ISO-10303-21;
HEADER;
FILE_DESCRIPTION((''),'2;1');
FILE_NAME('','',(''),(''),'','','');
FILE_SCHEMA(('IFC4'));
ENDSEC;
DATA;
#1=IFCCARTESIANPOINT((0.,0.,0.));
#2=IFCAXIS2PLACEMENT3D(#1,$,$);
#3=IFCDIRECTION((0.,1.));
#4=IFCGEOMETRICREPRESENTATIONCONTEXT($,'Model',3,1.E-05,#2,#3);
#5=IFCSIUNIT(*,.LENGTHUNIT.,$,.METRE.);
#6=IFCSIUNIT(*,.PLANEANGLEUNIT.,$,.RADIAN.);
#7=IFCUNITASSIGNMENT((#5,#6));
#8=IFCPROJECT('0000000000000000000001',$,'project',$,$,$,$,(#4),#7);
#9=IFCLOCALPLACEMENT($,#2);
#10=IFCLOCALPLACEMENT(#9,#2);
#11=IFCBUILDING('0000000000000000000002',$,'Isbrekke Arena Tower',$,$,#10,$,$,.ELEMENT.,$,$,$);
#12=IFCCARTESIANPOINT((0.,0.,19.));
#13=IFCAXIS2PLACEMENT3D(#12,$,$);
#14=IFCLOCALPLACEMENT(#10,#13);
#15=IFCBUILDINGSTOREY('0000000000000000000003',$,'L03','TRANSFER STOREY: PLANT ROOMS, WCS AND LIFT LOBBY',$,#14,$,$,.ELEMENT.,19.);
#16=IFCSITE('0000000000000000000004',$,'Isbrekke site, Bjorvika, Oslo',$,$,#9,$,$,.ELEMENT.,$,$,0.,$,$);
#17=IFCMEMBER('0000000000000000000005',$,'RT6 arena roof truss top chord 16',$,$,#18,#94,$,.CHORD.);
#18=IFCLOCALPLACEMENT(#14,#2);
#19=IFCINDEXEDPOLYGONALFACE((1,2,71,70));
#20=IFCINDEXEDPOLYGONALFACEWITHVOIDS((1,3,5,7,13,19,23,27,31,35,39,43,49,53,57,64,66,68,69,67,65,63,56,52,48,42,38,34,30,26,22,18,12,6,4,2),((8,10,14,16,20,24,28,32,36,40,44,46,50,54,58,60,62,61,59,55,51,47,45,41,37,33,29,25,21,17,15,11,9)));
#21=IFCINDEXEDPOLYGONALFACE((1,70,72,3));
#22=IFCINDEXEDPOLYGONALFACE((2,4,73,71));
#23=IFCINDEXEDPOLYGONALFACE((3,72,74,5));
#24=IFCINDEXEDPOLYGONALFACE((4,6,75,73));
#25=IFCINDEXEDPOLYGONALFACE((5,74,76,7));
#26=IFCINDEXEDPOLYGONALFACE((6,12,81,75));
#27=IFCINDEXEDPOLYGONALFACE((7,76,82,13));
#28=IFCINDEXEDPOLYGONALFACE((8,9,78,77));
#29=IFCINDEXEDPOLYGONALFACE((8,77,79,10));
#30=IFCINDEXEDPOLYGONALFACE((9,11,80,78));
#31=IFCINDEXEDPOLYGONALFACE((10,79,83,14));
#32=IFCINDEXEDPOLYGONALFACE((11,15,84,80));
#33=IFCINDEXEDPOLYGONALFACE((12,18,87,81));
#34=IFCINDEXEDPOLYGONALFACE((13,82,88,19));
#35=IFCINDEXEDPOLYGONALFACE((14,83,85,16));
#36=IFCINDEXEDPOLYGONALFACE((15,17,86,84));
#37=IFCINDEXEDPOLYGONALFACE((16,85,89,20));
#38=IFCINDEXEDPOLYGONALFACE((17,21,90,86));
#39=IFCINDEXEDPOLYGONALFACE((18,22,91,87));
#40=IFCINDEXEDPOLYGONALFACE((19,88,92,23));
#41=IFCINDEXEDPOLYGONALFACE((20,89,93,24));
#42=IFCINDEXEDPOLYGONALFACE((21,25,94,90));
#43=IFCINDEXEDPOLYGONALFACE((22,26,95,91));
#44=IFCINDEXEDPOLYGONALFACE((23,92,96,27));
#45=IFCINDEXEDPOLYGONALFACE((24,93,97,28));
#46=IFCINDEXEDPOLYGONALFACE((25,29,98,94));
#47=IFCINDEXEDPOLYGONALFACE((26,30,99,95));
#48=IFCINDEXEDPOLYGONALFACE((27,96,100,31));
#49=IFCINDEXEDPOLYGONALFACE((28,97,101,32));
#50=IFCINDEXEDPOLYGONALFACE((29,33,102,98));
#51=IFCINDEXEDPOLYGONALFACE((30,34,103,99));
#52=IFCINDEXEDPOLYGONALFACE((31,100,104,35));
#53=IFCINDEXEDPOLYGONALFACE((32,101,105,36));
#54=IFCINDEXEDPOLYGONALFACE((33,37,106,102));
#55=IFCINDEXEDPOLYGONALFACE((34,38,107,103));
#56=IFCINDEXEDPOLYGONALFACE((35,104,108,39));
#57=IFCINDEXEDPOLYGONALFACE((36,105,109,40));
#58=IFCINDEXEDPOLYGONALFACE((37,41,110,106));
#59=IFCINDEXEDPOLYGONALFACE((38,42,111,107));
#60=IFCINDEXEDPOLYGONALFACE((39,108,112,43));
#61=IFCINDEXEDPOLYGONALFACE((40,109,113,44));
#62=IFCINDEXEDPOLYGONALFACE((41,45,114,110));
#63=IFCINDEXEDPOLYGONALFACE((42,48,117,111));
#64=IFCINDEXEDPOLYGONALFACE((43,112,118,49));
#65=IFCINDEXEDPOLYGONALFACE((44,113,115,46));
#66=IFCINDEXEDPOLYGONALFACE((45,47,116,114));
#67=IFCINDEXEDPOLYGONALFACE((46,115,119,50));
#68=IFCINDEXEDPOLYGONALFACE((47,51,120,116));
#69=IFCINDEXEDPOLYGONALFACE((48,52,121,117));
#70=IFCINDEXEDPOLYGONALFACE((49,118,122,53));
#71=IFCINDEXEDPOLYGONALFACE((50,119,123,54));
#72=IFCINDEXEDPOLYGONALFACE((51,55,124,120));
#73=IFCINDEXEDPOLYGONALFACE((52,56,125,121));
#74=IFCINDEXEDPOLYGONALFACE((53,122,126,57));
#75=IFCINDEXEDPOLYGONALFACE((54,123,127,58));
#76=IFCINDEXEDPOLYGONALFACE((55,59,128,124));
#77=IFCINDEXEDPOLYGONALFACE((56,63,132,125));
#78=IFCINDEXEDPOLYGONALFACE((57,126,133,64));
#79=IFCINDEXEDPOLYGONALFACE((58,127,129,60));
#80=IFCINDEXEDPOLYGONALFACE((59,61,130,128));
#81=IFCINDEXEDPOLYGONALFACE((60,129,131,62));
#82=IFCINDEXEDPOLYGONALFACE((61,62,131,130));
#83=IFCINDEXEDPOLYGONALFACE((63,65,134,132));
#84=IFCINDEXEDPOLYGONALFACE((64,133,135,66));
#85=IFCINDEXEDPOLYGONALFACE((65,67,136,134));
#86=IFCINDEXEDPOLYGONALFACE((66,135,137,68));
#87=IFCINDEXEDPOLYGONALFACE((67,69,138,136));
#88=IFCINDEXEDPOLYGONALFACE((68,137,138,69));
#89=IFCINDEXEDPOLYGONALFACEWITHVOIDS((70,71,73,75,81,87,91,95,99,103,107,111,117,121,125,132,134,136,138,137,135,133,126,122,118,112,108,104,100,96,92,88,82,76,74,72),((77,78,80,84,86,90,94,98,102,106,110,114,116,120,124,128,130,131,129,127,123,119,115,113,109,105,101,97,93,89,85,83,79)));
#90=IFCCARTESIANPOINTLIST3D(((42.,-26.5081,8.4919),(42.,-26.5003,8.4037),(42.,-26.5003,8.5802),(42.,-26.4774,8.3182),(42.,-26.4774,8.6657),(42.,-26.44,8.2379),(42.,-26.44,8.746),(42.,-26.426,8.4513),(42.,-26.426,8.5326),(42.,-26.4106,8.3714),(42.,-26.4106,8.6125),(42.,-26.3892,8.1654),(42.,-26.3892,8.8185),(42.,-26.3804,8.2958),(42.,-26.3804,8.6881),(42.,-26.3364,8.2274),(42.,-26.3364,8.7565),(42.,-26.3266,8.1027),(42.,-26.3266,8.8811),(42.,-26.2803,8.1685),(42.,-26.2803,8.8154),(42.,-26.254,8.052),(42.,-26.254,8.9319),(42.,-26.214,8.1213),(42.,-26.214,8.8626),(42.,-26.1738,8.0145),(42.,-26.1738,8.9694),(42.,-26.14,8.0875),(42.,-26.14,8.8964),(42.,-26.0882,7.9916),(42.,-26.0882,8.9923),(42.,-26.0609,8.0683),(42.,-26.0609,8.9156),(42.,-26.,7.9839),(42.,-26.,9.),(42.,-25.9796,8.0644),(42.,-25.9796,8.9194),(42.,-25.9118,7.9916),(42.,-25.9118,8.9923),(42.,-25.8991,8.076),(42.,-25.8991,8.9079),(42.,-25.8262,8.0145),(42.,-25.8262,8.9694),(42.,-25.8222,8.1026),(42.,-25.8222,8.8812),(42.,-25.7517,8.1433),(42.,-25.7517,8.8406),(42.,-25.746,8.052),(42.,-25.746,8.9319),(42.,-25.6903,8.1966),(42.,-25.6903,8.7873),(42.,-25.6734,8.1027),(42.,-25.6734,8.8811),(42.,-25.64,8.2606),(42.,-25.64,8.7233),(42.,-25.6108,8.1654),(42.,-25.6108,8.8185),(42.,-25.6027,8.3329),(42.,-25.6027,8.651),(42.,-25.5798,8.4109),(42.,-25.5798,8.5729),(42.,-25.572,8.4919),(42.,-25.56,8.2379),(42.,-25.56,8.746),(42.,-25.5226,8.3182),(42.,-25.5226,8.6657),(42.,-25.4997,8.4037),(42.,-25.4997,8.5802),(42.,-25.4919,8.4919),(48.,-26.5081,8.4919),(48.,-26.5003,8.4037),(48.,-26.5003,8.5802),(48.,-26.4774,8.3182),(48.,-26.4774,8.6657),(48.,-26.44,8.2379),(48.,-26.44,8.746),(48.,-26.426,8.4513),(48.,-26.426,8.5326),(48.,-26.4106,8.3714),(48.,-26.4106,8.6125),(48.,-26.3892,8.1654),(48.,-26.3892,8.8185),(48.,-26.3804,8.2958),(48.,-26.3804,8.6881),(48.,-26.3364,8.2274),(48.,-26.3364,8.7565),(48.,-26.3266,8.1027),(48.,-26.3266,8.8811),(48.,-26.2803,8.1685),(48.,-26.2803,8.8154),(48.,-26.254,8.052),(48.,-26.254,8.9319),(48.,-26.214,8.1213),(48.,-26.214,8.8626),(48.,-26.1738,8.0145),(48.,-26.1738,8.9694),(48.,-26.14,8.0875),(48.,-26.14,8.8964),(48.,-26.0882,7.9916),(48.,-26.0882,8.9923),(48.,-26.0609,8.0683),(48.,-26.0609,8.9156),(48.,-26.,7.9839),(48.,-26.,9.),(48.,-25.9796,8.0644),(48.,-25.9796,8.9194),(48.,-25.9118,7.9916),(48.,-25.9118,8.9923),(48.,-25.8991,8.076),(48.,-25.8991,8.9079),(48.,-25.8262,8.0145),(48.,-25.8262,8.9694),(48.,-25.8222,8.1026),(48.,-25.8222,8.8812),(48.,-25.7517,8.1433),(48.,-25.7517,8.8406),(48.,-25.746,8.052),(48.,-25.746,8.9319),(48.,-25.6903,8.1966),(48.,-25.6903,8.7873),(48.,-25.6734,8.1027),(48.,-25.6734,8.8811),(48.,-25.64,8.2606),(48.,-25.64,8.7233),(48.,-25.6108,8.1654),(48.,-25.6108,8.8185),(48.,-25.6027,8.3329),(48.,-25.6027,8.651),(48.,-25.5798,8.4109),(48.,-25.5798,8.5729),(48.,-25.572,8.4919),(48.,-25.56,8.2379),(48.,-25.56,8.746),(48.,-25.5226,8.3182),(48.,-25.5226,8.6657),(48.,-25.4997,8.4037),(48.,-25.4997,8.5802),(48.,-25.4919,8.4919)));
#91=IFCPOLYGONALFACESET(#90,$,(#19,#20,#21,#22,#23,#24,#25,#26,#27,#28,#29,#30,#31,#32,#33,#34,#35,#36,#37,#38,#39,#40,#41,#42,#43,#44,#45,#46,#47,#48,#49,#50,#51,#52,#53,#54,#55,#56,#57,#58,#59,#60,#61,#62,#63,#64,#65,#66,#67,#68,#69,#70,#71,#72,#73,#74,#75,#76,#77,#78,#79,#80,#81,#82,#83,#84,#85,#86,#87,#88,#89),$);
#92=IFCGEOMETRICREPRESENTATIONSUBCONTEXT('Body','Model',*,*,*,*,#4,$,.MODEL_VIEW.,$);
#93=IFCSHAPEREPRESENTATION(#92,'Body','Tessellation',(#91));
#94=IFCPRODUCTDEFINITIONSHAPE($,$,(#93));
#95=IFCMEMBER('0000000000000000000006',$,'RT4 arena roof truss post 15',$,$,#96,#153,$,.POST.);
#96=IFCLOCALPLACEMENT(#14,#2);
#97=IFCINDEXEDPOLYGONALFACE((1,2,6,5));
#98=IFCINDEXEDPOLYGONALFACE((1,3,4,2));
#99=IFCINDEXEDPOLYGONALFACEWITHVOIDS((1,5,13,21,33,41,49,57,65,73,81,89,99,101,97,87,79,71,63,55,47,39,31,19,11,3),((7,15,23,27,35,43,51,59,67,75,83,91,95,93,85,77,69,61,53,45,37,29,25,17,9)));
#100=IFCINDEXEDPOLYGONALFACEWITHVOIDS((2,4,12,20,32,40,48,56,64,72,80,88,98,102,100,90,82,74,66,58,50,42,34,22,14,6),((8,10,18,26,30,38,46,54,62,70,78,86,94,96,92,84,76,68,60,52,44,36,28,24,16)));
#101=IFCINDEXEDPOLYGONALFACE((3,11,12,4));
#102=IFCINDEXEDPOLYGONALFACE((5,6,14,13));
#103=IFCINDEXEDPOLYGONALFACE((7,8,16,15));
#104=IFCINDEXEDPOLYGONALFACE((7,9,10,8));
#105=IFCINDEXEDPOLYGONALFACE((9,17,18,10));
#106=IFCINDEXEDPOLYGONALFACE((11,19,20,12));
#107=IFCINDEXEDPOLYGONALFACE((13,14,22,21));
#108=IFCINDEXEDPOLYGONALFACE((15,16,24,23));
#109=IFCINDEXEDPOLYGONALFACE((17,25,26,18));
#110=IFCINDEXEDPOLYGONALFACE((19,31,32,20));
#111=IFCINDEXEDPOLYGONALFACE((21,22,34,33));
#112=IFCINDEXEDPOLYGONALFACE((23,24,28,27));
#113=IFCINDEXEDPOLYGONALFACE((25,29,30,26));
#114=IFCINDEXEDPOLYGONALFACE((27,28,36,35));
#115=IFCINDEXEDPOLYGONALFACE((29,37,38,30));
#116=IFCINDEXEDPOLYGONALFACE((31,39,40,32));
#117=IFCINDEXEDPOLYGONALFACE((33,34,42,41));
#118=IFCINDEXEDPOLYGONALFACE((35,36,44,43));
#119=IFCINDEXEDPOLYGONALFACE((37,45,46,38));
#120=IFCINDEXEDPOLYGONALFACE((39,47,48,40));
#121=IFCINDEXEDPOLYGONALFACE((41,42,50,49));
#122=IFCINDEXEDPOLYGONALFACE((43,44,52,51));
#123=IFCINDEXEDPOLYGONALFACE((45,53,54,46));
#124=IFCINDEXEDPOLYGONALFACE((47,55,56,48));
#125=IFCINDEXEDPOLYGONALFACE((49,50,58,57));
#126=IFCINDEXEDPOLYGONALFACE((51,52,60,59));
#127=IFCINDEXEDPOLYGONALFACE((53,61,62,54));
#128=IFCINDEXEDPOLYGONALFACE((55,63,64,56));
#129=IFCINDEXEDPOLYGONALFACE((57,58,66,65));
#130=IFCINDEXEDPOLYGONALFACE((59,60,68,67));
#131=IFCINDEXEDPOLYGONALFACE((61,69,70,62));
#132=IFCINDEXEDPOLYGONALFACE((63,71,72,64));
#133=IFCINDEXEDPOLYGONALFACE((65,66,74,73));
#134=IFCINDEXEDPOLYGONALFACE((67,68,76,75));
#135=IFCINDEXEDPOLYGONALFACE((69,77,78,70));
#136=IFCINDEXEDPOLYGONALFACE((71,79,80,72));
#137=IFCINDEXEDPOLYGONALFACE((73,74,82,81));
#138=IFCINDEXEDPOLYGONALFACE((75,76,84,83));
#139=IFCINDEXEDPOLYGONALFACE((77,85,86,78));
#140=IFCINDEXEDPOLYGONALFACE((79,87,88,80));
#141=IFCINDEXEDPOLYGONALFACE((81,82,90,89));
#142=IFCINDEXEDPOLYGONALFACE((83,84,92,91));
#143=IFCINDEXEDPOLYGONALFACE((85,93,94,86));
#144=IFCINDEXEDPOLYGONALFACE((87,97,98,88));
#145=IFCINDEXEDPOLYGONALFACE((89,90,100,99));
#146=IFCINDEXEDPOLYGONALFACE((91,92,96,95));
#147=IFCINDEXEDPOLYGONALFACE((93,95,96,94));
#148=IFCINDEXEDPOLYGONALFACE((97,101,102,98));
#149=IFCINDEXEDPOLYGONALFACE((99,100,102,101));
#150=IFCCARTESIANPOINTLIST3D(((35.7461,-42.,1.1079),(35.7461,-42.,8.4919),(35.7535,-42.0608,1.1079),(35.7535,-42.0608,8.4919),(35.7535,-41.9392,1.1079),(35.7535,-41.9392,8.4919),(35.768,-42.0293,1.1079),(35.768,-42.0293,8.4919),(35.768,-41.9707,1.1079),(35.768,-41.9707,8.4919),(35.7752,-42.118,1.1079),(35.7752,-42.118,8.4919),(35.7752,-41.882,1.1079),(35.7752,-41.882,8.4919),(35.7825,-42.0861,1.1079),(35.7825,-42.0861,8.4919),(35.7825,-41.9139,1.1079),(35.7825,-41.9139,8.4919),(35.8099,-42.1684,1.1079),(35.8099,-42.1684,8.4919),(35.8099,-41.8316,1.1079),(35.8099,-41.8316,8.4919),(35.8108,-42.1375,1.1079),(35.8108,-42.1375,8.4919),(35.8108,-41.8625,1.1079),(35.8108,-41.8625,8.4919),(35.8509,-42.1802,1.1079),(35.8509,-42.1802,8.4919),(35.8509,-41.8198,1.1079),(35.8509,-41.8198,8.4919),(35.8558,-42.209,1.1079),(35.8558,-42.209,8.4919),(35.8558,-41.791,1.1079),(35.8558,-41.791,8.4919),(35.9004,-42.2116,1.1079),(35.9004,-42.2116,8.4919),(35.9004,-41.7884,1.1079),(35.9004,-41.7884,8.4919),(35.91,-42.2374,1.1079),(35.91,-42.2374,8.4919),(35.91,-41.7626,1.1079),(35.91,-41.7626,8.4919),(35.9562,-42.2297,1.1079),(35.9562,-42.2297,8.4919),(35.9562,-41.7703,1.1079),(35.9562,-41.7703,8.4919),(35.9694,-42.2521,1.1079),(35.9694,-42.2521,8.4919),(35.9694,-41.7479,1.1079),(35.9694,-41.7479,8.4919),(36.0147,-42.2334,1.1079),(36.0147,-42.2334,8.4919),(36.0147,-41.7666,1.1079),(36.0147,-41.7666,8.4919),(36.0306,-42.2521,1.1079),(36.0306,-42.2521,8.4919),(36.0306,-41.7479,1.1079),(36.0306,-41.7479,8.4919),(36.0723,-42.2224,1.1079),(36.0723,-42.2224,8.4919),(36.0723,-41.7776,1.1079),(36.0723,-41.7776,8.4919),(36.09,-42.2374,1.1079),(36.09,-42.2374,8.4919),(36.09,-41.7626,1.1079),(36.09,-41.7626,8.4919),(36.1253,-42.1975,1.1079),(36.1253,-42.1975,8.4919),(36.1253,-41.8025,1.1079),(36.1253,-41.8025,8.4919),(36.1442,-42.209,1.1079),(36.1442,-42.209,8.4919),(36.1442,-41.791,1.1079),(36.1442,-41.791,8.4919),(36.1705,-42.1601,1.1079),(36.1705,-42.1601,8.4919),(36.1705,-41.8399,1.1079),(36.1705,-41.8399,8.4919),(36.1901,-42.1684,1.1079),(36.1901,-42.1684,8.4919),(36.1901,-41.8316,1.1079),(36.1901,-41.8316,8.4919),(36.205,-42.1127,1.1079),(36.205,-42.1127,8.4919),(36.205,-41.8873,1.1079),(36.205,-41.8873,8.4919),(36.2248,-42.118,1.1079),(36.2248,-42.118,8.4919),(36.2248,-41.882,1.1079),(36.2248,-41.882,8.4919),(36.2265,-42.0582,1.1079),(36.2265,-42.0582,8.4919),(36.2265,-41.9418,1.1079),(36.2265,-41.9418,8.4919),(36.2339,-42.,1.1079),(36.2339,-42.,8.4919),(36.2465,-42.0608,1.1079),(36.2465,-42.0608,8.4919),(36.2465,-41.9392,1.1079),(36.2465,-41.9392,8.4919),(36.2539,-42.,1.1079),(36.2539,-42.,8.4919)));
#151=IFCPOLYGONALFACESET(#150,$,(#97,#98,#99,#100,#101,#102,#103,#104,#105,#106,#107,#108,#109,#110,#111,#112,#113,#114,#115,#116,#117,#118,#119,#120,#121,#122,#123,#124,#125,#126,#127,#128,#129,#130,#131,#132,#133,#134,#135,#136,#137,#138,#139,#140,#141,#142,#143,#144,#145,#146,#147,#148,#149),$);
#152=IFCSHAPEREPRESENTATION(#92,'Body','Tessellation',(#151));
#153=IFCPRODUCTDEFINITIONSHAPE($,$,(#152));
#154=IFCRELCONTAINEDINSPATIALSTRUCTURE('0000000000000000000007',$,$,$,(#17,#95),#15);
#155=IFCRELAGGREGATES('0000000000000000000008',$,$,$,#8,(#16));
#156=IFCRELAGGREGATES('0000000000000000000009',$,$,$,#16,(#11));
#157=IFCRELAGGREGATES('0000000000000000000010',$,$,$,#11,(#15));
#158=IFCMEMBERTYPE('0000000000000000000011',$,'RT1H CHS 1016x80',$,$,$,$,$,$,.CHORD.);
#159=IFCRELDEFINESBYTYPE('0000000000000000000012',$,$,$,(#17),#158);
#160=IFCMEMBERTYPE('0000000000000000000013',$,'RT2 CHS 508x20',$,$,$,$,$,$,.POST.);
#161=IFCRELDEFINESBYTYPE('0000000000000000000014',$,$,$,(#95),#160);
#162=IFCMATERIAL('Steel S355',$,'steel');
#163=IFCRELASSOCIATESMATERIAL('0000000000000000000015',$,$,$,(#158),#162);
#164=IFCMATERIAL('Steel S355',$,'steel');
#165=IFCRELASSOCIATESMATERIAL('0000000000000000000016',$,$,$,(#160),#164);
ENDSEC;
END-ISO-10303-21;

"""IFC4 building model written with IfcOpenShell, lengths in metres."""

from ifc_helpers import new_model, si_unit, direction, frame, origin, origin_2d, place, context, subcontext, project, spatial, hollow_circle, extrude, material, material_profile, profile_set, type_object, element, save


model = new_model("IFC4")

# Units and contexts
model_context = context("Model", 3, precision=1e-05, world=origin(), true_north=direction((0.0, 1.0)))
body_context = subcontext(model_context, "Body", "Model", "MODEL_VIEW")
ifc_project = project(units=[si_unit("LENGTHUNIT", "METRE"), si_unit("PLANEANGLEUNIT", "RADIAN")], contexts=[model_context])

# Site, building, storey
site_placement = place(None, origin())
site = spatial("IfcSite", under=ifc_project, at=site_placement, Name="Isbrekke site, Bjorvika, Oslo", CompositionType="ELEMENT", RefElevation=0.0)
building_placement = place(site_placement, origin())
building = spatial("IfcBuilding", under=site, at=building_placement, Name="Isbrekke Arena Tower", CompositionType="ELEMENT")
storey_placement = place(building_placement, frame((0.0, 0.0, 19.0)))
storey = spatial("IfcBuildingStorey", under=building, at=storey_placement, Name="L03", Description="TRANSFER STOREY: PLANT ROOMS, WCS AND LIFT LOBBY", CompositionType="ELEMENT", Elevation=19.0)

# Members
ifc_material_1 = material(Name="Steel S355", Category="steel")
ifc_material_profile_1 = material_profile(ifc_material_1, hollow_circle(Radius=0.5081, WallThickness=0.0801, at=origin_2d()), Name="CHS 1016x80")
ifc_profile_set_1 = profile_set([ifc_material_profile_1], Name="Steel S355")
member_type_1 = type_object("IfcMemberType", Name="RT1H CHS 1016x80", PredefinedType="CHORD", material=ifc_profile_set_1)
for number, where, z_axis, x_axis, name in (
    (1, (42.0, -26.0, 8.4919), (1.0, 0.0, 0.0), (0.0, 1.0, 0.0), "RT6 arena roof truss top chord 16"),
):
    element("IfcMember", number, at=place(storey_placement, frame(where, z_axis=z_axis, x_axis=x_axis)), inside=storey, type_object=member_type_1, Name=name, PredefinedType="CHORD", context=body_context, shape_type="SweptSolid", body=[
        extrude(hollow_circle(Radius=0.5081, WallThickness=0.0801, at=origin_2d()), origin(), (0.0, 0.0, 1.0), 6.0),
    ])
ifc_material_2 = material(Name="Steel S355", Category="steel")
ifc_material_profile_2 = material_profile(ifc_material_2, hollow_circle(Radius=0.2539, WallThickness=0.02, at=origin_2d()), Name="CHS 508x20")
ifc_profile_set_2 = profile_set([ifc_material_profile_2], Name="Steel S355")
member_type_2 = type_object("IfcMemberType", Name="RT2 CHS 508x20", PredefinedType="POST", material=ifc_profile_set_2)
for number, where, z_axis, x_axis, name in (
    (2, (36.0, -42.0, 1.1079), (0.0, 0.0, 1.0), (1.0, 0.0, 0.0), "RT4 arena roof truss post 15"),
):
    element("IfcMember", number, at=place(storey_placement, frame(where, z_axis=z_axis, x_axis=x_axis)), inside=storey, type_object=member_type_2, Name=name, PredefinedType="POST", context=body_context, shape_type="SweptSolid", body=[
        extrude(hollow_circle(Radius=0.2539, WallThickness=0.02, at=origin_2d()), origin(), (0.0, 0.0, 1.0), 7.384),
    ])

save(model, "model.ifc")
